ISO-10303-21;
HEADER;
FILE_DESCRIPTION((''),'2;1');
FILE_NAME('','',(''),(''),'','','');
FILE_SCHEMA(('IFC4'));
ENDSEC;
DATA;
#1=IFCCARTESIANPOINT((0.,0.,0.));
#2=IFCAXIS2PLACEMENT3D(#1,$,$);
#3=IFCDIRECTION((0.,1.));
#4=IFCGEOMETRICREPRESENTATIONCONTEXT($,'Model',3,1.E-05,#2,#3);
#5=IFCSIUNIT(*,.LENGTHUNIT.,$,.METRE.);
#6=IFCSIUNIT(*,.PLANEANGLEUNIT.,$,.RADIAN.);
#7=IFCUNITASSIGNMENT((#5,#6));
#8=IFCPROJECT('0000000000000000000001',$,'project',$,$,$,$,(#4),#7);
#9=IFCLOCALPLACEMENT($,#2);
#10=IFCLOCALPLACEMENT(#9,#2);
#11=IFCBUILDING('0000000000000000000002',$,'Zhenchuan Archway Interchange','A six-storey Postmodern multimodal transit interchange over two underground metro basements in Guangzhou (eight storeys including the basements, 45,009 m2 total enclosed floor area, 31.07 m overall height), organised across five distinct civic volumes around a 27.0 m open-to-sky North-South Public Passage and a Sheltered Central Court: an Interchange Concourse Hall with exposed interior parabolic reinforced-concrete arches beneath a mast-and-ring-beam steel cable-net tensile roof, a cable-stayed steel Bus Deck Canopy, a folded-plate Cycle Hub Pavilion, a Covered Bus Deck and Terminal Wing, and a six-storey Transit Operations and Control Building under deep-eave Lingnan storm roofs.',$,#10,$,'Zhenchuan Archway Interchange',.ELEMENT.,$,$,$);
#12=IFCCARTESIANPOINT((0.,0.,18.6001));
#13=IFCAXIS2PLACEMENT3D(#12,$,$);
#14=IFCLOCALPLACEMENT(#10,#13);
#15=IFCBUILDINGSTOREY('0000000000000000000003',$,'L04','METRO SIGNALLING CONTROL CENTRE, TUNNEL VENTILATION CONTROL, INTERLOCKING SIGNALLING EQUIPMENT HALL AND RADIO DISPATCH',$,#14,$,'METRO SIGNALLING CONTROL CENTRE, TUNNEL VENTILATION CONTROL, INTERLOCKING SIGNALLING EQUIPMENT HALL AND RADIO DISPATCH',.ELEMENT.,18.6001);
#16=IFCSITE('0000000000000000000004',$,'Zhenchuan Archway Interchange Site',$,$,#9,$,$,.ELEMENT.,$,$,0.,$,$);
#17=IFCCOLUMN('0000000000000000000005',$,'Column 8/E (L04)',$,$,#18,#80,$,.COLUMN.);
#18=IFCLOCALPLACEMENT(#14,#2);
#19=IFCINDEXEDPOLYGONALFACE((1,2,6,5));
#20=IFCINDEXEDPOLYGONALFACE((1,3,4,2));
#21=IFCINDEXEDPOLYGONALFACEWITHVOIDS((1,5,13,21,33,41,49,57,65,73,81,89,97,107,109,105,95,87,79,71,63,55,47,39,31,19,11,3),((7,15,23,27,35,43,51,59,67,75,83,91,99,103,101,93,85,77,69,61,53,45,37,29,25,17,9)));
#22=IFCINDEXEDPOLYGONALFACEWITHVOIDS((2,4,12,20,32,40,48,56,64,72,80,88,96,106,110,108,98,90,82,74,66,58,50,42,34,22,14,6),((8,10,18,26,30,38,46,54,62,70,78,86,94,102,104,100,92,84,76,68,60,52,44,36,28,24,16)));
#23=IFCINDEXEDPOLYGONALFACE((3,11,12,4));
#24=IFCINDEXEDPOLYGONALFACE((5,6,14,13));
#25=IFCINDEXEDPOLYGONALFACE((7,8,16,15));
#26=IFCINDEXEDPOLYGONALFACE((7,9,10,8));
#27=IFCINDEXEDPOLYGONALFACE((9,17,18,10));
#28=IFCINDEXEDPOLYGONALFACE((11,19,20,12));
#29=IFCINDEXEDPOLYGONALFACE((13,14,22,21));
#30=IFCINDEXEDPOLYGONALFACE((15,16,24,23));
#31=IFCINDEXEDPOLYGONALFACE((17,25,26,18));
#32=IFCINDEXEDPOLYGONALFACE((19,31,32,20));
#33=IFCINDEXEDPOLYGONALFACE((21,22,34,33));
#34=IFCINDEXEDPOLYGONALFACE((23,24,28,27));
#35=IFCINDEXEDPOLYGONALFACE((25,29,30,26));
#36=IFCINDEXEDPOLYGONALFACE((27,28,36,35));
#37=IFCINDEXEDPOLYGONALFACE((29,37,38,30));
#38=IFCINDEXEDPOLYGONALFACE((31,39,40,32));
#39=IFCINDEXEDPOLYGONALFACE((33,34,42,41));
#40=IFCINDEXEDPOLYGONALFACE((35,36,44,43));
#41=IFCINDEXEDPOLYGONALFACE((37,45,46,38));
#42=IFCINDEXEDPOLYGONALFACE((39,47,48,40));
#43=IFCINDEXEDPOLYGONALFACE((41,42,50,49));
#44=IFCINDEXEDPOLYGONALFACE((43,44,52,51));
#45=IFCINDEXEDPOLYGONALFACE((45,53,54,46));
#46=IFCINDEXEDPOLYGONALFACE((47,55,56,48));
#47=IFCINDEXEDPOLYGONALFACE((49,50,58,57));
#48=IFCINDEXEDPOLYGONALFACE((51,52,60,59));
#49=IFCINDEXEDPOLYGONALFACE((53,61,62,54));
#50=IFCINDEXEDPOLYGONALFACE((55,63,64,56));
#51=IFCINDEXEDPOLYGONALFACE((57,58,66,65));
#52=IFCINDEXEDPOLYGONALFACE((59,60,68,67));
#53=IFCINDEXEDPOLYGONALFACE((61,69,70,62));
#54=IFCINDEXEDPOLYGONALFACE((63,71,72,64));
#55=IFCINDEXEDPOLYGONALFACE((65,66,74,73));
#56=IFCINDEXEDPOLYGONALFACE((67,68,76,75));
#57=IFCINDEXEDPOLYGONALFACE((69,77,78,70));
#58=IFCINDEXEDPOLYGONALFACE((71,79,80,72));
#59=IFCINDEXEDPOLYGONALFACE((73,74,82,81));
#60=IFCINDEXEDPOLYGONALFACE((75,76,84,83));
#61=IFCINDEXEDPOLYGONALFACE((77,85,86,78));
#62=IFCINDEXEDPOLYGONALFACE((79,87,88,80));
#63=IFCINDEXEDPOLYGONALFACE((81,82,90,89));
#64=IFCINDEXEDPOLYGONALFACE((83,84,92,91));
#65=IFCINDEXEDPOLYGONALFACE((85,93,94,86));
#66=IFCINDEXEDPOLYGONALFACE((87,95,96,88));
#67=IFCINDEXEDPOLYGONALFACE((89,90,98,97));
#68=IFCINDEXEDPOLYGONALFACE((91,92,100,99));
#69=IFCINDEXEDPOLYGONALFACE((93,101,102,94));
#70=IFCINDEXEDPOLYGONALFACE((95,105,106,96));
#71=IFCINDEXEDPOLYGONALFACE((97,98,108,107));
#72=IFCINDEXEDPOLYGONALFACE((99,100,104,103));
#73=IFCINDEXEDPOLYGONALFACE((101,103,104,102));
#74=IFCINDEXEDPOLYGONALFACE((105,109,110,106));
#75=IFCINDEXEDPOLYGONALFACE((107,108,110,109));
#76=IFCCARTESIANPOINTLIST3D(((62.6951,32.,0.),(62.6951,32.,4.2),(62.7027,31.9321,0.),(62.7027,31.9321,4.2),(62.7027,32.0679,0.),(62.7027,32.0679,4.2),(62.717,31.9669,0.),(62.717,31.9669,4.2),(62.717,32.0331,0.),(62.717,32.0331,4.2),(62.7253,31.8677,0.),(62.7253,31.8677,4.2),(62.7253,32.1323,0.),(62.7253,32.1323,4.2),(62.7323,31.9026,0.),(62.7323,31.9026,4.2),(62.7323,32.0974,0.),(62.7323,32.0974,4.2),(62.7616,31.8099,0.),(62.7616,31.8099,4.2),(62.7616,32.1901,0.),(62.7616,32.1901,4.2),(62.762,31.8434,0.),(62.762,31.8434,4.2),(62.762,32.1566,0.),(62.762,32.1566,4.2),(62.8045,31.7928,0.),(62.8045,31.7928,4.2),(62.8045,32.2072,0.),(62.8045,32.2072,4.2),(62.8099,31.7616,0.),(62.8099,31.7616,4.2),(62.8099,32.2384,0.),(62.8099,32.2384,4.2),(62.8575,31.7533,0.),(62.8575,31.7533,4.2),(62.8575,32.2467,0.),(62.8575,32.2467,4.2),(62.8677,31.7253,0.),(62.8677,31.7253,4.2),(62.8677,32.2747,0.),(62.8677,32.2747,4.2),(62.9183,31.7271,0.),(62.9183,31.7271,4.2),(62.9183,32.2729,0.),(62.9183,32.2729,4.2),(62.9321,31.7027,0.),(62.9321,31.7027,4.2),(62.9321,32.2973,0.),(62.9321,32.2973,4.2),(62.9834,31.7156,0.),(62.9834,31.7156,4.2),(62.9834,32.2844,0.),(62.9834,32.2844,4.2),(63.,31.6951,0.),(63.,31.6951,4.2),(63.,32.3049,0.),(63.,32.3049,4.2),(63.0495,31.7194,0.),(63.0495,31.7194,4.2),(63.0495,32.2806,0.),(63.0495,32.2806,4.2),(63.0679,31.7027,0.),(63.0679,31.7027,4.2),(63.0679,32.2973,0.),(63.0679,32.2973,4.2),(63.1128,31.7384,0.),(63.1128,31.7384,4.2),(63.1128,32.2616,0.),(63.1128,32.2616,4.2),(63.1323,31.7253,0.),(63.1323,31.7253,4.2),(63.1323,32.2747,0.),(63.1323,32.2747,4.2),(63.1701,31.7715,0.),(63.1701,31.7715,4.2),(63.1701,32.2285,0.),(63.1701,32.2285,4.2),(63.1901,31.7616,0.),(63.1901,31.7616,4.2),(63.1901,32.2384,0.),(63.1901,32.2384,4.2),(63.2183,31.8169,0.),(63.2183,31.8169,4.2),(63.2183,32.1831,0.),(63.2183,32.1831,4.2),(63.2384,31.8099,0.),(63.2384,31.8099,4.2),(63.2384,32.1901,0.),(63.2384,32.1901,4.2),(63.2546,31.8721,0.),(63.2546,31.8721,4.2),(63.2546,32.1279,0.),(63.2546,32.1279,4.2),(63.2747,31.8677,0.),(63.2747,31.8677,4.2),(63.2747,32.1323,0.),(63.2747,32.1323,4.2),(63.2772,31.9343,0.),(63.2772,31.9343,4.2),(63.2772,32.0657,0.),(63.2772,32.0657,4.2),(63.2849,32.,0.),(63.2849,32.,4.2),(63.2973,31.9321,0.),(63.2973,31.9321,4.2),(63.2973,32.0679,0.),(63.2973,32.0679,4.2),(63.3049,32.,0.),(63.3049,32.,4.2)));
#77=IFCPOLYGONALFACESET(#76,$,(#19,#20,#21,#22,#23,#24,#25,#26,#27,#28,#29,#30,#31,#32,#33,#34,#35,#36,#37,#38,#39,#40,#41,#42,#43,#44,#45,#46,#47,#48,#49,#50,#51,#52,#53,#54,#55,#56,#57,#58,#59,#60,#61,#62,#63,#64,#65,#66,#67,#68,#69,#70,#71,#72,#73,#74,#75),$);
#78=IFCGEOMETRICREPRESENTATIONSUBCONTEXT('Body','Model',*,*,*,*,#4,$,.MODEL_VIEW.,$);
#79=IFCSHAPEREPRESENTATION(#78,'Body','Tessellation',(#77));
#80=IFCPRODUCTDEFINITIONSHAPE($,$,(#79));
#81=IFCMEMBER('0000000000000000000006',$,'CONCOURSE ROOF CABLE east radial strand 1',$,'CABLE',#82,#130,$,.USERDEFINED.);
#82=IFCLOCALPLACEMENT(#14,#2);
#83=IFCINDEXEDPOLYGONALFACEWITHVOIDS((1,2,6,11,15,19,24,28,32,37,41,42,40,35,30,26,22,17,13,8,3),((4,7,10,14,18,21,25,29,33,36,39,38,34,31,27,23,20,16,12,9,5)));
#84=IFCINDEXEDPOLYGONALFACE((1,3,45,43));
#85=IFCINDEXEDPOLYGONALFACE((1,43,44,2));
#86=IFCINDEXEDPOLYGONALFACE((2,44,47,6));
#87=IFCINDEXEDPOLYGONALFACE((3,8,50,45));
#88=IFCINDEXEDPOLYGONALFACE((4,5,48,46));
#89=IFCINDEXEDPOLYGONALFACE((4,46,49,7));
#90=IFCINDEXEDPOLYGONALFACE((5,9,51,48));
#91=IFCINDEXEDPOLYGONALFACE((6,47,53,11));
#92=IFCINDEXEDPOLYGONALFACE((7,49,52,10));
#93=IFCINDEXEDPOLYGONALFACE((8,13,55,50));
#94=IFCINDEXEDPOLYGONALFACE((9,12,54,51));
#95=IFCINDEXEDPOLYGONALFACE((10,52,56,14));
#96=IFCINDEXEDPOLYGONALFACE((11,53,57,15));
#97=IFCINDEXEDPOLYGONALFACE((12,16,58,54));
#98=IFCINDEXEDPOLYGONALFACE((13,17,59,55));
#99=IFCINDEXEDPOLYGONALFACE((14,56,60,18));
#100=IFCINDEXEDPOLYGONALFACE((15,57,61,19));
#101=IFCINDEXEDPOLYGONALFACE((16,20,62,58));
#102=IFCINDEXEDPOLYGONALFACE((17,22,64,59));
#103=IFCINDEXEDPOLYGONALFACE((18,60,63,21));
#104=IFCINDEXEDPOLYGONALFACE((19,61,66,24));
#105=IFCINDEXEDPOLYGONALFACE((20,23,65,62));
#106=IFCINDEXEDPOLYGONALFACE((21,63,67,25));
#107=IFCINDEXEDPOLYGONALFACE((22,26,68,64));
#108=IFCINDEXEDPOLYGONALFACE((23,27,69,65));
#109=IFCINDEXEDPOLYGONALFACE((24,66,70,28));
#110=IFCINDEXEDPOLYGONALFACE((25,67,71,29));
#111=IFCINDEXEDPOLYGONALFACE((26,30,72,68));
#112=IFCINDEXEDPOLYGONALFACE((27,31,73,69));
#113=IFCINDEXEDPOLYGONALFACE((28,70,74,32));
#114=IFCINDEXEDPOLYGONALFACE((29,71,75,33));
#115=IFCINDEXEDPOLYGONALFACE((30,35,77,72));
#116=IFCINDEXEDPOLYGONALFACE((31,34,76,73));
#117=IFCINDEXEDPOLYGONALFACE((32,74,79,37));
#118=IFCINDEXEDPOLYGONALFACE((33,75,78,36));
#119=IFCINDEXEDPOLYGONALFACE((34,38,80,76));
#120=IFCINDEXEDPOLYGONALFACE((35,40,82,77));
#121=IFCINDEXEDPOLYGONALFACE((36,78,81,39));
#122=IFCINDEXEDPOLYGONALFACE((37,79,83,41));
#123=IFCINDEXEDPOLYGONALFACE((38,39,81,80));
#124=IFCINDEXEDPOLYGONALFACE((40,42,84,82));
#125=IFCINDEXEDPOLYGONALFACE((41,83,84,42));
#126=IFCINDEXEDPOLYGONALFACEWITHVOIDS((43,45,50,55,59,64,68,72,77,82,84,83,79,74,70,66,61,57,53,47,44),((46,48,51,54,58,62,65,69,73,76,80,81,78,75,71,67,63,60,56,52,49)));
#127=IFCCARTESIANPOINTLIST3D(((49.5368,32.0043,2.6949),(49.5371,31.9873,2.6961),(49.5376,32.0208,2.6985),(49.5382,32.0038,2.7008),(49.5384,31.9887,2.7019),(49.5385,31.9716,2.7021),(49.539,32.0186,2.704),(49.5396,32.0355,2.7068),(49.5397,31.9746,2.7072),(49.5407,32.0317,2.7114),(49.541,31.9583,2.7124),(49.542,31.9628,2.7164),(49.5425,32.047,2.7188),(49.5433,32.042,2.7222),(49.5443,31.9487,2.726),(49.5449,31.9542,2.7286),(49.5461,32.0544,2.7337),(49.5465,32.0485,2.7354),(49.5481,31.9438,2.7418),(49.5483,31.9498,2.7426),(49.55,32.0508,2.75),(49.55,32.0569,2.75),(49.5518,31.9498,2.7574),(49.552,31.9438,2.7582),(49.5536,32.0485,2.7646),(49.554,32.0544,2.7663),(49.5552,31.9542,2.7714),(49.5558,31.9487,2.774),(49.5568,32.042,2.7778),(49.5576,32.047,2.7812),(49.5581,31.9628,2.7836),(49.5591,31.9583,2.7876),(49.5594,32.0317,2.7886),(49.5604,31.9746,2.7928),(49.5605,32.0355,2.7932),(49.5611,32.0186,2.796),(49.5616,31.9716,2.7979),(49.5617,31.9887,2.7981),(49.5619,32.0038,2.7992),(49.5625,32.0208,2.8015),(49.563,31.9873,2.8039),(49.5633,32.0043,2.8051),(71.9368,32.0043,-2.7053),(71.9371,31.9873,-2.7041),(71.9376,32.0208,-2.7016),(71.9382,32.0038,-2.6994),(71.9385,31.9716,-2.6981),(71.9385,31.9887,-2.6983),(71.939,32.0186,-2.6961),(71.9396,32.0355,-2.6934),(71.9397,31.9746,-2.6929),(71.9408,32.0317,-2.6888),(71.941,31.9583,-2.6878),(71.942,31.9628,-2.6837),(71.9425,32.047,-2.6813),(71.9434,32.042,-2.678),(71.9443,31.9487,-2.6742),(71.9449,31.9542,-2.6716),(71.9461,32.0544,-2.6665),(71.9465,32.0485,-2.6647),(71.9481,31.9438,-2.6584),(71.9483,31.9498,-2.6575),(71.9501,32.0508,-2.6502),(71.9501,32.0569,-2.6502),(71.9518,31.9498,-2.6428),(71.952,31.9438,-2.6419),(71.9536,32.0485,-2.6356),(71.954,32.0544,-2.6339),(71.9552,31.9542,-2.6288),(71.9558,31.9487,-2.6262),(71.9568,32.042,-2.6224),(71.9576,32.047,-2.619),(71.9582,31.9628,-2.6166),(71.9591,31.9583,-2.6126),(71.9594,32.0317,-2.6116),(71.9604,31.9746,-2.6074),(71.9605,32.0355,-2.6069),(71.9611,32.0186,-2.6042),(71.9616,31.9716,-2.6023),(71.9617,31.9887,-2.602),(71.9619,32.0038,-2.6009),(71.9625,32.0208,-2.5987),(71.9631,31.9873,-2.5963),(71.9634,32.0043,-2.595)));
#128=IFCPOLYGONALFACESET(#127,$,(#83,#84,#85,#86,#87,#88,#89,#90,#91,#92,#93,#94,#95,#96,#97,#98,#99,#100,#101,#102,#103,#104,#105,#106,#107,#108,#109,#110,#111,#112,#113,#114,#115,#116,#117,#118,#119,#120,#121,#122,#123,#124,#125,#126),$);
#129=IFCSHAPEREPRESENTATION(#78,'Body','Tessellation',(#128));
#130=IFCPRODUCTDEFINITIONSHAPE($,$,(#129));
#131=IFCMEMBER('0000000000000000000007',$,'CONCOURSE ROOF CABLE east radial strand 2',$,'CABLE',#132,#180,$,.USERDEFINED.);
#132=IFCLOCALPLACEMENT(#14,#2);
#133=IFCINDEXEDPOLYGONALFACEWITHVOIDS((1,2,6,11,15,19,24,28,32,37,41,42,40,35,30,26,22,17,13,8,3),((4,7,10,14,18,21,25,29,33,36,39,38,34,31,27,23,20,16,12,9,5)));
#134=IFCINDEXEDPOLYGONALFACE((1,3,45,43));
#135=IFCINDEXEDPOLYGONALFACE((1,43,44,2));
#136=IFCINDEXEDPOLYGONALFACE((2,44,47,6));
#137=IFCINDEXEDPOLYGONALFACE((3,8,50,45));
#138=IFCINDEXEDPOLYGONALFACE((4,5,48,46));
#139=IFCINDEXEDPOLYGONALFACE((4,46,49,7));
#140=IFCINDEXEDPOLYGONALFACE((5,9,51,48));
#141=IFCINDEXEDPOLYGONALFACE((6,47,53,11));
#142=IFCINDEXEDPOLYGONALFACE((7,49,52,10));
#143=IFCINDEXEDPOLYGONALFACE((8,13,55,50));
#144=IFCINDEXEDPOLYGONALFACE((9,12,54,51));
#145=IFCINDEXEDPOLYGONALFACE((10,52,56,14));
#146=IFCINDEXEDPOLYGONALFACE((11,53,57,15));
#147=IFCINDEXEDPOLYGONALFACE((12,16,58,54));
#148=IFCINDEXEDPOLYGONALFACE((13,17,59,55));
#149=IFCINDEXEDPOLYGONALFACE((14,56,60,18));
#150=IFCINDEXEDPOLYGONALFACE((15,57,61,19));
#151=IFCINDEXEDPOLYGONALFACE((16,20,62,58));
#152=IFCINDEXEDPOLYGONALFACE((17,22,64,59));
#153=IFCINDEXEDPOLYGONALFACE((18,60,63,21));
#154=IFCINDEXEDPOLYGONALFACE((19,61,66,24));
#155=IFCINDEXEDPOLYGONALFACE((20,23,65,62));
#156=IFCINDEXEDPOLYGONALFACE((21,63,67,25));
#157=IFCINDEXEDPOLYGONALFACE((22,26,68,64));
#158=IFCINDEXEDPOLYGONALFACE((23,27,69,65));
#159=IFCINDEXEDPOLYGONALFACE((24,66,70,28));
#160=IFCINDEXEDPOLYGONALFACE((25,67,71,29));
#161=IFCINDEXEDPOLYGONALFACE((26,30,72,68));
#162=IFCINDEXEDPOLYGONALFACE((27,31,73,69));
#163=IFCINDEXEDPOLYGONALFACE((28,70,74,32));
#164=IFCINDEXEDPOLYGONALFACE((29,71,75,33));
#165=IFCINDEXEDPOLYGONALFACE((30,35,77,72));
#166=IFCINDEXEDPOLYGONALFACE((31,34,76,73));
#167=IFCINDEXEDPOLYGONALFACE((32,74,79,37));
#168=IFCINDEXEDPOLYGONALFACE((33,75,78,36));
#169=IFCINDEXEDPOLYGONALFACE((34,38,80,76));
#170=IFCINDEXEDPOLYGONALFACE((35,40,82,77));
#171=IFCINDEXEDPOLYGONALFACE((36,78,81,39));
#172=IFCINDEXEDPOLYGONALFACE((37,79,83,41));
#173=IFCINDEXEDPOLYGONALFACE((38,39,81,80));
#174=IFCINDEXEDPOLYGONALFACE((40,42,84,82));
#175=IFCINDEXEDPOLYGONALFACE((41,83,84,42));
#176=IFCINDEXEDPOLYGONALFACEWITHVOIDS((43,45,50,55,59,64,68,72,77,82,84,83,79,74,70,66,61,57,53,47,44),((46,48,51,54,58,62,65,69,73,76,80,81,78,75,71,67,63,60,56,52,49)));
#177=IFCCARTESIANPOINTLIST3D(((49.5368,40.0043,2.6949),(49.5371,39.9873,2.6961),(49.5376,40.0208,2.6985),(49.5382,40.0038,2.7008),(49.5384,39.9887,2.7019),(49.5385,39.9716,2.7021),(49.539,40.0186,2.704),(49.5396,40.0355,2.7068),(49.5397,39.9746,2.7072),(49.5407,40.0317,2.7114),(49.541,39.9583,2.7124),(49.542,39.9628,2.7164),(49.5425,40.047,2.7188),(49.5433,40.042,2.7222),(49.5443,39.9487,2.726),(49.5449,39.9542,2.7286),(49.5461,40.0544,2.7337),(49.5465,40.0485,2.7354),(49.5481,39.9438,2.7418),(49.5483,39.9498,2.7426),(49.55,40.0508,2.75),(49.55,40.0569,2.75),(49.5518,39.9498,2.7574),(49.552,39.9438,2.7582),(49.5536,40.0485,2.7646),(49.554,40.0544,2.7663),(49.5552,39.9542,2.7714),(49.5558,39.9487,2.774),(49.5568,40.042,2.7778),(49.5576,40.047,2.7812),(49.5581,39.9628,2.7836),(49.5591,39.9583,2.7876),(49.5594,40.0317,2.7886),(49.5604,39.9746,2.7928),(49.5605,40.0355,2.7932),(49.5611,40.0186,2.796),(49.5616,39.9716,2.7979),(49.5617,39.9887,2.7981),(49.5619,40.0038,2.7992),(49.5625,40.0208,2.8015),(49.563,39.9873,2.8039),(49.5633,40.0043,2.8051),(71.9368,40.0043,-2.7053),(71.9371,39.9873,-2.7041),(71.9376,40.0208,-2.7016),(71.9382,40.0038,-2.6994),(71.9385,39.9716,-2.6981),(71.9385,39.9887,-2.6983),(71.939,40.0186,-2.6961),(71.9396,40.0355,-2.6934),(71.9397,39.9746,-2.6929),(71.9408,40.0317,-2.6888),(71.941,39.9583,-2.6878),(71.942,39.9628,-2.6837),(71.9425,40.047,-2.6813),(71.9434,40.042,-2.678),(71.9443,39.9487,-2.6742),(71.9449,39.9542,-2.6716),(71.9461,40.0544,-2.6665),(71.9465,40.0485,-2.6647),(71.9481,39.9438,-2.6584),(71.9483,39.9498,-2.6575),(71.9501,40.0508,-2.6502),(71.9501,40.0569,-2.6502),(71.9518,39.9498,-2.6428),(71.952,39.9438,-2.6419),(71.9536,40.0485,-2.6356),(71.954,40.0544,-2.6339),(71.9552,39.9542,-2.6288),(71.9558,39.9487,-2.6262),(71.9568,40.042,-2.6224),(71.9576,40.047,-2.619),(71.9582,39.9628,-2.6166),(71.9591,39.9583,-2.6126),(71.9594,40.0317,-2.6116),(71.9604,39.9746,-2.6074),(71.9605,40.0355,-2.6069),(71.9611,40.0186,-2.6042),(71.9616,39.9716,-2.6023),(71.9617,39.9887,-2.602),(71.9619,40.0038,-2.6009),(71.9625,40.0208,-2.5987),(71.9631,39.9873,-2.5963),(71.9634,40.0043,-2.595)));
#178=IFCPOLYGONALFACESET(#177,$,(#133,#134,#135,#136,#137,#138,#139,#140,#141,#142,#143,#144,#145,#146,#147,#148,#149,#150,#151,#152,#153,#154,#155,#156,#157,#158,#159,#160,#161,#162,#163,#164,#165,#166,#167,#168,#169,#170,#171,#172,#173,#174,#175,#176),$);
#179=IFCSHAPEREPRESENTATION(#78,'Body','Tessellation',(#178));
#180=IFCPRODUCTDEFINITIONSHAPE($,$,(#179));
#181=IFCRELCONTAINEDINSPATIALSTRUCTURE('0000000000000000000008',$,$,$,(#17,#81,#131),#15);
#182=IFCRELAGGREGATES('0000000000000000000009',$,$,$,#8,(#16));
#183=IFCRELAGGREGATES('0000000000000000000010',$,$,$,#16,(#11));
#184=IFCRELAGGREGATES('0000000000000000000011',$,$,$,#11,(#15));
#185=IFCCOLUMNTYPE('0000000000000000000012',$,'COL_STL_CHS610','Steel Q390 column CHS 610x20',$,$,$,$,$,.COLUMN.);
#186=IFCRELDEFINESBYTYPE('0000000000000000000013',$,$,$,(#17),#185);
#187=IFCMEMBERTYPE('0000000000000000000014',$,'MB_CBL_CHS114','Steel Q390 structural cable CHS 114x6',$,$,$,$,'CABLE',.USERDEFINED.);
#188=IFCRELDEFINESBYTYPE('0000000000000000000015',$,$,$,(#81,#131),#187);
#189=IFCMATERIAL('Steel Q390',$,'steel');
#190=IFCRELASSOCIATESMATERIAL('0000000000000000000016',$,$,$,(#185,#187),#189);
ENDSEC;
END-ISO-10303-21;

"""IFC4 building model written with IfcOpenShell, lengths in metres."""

from ifc_helpers import new_model, si_unit, direction, frame, origin, origin_2d, place, context, subcontext, project, spatial, hollow_circle, extrude, material, material_profile, profile_set, type_object, element, save


model = new_model("IFC4")

# Units and contexts
model_context = context("Model", 3, precision=1e-05, world=origin(), true_north=direction((0.0, 1.0)))
body_context = subcontext(model_context, "Body", "Model", "MODEL_VIEW")
ifc_project = project(units=[si_unit("LENGTHUNIT", "METRE"), si_unit("PLANEANGLEUNIT", "RADIAN")], contexts=[model_context])

# Site, building, storey
site_placement = place(None, origin())
site = spatial("IfcSite", under=ifc_project, at=site_placement, Name="Zhenchuan Archway Interchange Site", CompositionType="ELEMENT", RefElevation=0.0)
building_placement = place(site_placement, origin())
building = spatial("IfcBuilding", under=site, at=building_placement, Name="Zhenchuan Archway Interchange", Description="A six-storey Postmodern multimodal transit interchange over two underground metro basements in Guangzhou (eight storeys including the basements, 45,009 m2 total enclosed floor area, 31.07 m overall height), organised across five distinct civic volumes around a 27.0 m open-to-sky North-South Public Passage and a Sheltered Central Court: an Interchange Concourse Hall with exposed interior parabolic reinforced-concrete arches beneath a mast-and-ring-beam steel cable-net tensile roof, a cable-stayed steel Bus Deck Canopy, a folded-plate Cycle Hub Pavilion, a Covered Bus Deck and Terminal Wing, and a six-storey Transit Operations and Control Building under deep-eave Lingnan storm roofs.", LongName="Zhenchuan Archway Interchange", CompositionType="ELEMENT")
storey_placement = place(building_placement, frame((0.0, 0.0, 18.6001)))
storey = spatial("IfcBuildingStorey", under=building, at=storey_placement, Name="L04", Description="METRO SIGNALLING CONTROL CENTRE, TUNNEL VENTILATION CONTROL, INTERLOCKING SIGNALLING EQUIPMENT HALL AND RADIO DISPATCH", LongName="METRO SIGNALLING CONTROL CENTRE, TUNNEL VENTILATION CONTROL, INTERLOCKING SIGNALLING EQUIPMENT HALL AND RADIO DISPATCH", CompositionType="ELEMENT", Elevation=18.6001)

# Column
ifc_material_1 = material(Name="Steel Q390", Category="steel")
ifc_material_profile_1 = material_profile(ifc_material_1, hollow_circle(Radius=0.3049, WallThickness=0.02, at=origin_2d()), Name="CHS 610x20")
ifc_profile_set_1 = profile_set([ifc_material_profile_1], Name="Steel Q390")
column_type = type_object("IfcColumnType", Name="COL_STL_CHS610", Description="Steel Q390 column CHS 610x20", PredefinedType="COLUMN", material=ifc_profile_set_1)
column_placement = place(storey_placement, frame((63.0, 32.0, 0.0), z_axis=(0.0, 0.0, 1.0), x_axis=(1.0, 0.0, 0.0)))
element("IfcColumn", 1, at=column_placement, inside=storey, type_object=column_type, Name="Column 8/E (L04)", PredefinedType="COLUMN", context=body_context, shape_type="SweptSolid", body=[
    extrude(hollow_circle(Radius=0.3049, WallThickness=0.02, at=origin_2d()), origin(), (0.0, 0.0, 1.0), 4.2),
])

# Members
ifc_material_profile_2 = material_profile(ifc_material_1, hollow_circle(Radius=0.0569, WallThickness=0.0061, at=origin_2d()), Name="CHS 114x6")
ifc_profile_set_2 = profile_set([ifc_material_profile_2], Name="Steel Q390")
member_type_1 = type_object("IfcMemberType", Name="MB_CBL_CHS114", Description="Steel Q390 structural cable CHS 114x6", ElementType="CABLE", PredefinedType="USERDEFINED", material=ifc_profile_set_2)
for number, where, z_axis, x_axis, name in (
    (2, (49.55, 32.0, 2.75), (0.972149, 0.0, -0.234365), (0.0, 1.0, 0.0), "CONCOURSE ROOF CABLE east radial strand 1"),
    (3, (49.55, 40.0, 2.75), (0.972149, 0.0, -0.234365), (0.0, 1.0, 0.0), "CONCOURSE ROOF CABLE east radial strand 2"),
):
    element("IfcMember", number, at=place(storey_placement, frame(where, z_axis=z_axis, x_axis=x_axis)), inside=storey, type_object=member_type_1, Name=name, ObjectType="CABLE", PredefinedType="USERDEFINED", context=body_context, shape_type="SweptSolid", body=[
        extrude(hollow_circle(Radius=0.0569, WallThickness=0.0061, at=origin_2d()), origin(), (0.0, 0.0, 1.0), 23.0417),
    ])

save(model, "model.ifc")
